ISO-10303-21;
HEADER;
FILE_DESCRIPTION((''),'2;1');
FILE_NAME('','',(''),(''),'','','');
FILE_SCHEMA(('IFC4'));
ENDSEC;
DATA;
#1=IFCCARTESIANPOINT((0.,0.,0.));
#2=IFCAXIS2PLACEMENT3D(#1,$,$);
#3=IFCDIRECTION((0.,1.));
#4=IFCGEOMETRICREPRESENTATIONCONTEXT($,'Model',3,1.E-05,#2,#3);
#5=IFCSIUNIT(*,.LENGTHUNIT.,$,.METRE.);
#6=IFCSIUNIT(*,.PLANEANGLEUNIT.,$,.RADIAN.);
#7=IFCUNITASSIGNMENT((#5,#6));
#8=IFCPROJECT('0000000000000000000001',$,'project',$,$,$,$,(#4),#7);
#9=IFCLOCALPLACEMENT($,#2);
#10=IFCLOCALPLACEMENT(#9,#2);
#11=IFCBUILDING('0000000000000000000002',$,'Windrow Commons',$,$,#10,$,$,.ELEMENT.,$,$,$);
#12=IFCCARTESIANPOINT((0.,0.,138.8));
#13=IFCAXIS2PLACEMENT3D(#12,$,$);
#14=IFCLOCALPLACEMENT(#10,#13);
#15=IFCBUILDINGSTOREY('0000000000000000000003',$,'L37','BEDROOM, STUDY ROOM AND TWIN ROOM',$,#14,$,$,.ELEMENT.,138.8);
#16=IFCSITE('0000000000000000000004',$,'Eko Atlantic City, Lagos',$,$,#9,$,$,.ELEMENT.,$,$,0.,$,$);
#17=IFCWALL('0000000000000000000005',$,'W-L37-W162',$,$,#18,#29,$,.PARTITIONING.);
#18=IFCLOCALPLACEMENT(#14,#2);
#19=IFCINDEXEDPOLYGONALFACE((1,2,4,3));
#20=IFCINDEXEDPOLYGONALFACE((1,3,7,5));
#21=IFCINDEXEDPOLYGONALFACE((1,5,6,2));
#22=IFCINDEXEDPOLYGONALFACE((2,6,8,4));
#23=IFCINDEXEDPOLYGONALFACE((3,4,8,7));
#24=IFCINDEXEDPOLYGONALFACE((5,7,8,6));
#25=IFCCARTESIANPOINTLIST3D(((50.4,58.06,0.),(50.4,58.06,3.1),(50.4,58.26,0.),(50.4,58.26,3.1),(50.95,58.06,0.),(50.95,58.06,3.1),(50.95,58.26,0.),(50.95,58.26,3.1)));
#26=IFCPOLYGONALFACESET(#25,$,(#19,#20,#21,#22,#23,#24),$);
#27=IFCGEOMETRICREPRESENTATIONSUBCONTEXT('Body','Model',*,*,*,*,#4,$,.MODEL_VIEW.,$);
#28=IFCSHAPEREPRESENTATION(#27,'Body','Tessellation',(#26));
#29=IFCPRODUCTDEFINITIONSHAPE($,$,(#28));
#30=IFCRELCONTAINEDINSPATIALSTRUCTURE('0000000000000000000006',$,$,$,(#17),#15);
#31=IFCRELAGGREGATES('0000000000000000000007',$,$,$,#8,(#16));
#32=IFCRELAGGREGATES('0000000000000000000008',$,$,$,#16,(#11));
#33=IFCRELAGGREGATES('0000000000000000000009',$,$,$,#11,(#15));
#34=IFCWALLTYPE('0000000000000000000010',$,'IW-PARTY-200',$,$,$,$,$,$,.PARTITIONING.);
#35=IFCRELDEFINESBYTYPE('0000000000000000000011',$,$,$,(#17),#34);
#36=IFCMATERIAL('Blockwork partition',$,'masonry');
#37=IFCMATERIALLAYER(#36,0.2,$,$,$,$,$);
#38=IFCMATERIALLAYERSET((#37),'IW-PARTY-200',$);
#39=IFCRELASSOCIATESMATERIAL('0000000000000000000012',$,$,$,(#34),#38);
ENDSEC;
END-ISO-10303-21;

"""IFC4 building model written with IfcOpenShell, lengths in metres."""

from ifc_helpers import new_model, si_unit, direction, frame, frame_2d, origin, place, context, subcontext, project, spatial, rectangle, extrude, material, layer, layer_set, type_object, element, save


model = new_model("IFC4")

# Units and contexts
model_context = context("Model", 3, precision=1e-05, world=origin(), true_north=direction((0.0, 1.0)))
body_context = subcontext(model_context, "Body", "Model", "MODEL_VIEW")
ifc_project = project(units=[si_unit("LENGTHUNIT", "METRE"), si_unit("PLANEANGLEUNIT", "RADIAN")], contexts=[model_context])

# Site, building, storey
site_placement = place(None, origin())
site = spatial("IfcSite", under=ifc_project, at=site_placement, Name="Eko Atlantic City, Lagos", CompositionType="ELEMENT", RefElevation=0.0)
building_placement = place(site_placement, origin())
building = spatial("IfcBuilding", under=site, at=building_placement, Name="Windrow Commons", CompositionType="ELEMENT")
storey_placement = place(building_placement, frame((0.0, 0.0, 138.8)))
storey = spatial("IfcBuildingStorey", under=building, at=storey_placement, Name="L37", Description="BEDROOM, STUDY ROOM AND TWIN ROOM", CompositionType="ELEMENT", Elevation=138.8)

# Wall
ifc_material_1 = material(Name="Blockwork partition", Category="masonry")
ifc_layer_1 = layer(ifc_material_1, 0.2)
ifc_layer_set_1 = layer_set([ifc_layer_1], Name="IW-PARTY-200")
wall_type_1 = type_object("IfcWallType", Name="IW-PARTY-200", PredefinedType="PARTITIONING", material=ifc_layer_set_1)
for number, where, z_axis, x_axis, name in (
    (1, (50.4, 58.16, 0.0), (0.0, 0.0, 1.0), (1.0, 0.0, 0.0), "W-L37-W162"),
):
    element("IfcWall", number, at=place(storey_placement, frame(where, z_axis=z_axis, x_axis=x_axis)), inside=storey, type_object=wall_type_1, Name=name, PredefinedType="PARTITIONING", context=body_context, shape_type="SweptSolid", body=[
        extrude(rectangle(XDim=0.55, YDim=0.2, at=frame_2d((0.275, 0.0))), origin(), (0.0, 0.0, 1.0), 3.1),
    ])

save(model, "model.ifc")
